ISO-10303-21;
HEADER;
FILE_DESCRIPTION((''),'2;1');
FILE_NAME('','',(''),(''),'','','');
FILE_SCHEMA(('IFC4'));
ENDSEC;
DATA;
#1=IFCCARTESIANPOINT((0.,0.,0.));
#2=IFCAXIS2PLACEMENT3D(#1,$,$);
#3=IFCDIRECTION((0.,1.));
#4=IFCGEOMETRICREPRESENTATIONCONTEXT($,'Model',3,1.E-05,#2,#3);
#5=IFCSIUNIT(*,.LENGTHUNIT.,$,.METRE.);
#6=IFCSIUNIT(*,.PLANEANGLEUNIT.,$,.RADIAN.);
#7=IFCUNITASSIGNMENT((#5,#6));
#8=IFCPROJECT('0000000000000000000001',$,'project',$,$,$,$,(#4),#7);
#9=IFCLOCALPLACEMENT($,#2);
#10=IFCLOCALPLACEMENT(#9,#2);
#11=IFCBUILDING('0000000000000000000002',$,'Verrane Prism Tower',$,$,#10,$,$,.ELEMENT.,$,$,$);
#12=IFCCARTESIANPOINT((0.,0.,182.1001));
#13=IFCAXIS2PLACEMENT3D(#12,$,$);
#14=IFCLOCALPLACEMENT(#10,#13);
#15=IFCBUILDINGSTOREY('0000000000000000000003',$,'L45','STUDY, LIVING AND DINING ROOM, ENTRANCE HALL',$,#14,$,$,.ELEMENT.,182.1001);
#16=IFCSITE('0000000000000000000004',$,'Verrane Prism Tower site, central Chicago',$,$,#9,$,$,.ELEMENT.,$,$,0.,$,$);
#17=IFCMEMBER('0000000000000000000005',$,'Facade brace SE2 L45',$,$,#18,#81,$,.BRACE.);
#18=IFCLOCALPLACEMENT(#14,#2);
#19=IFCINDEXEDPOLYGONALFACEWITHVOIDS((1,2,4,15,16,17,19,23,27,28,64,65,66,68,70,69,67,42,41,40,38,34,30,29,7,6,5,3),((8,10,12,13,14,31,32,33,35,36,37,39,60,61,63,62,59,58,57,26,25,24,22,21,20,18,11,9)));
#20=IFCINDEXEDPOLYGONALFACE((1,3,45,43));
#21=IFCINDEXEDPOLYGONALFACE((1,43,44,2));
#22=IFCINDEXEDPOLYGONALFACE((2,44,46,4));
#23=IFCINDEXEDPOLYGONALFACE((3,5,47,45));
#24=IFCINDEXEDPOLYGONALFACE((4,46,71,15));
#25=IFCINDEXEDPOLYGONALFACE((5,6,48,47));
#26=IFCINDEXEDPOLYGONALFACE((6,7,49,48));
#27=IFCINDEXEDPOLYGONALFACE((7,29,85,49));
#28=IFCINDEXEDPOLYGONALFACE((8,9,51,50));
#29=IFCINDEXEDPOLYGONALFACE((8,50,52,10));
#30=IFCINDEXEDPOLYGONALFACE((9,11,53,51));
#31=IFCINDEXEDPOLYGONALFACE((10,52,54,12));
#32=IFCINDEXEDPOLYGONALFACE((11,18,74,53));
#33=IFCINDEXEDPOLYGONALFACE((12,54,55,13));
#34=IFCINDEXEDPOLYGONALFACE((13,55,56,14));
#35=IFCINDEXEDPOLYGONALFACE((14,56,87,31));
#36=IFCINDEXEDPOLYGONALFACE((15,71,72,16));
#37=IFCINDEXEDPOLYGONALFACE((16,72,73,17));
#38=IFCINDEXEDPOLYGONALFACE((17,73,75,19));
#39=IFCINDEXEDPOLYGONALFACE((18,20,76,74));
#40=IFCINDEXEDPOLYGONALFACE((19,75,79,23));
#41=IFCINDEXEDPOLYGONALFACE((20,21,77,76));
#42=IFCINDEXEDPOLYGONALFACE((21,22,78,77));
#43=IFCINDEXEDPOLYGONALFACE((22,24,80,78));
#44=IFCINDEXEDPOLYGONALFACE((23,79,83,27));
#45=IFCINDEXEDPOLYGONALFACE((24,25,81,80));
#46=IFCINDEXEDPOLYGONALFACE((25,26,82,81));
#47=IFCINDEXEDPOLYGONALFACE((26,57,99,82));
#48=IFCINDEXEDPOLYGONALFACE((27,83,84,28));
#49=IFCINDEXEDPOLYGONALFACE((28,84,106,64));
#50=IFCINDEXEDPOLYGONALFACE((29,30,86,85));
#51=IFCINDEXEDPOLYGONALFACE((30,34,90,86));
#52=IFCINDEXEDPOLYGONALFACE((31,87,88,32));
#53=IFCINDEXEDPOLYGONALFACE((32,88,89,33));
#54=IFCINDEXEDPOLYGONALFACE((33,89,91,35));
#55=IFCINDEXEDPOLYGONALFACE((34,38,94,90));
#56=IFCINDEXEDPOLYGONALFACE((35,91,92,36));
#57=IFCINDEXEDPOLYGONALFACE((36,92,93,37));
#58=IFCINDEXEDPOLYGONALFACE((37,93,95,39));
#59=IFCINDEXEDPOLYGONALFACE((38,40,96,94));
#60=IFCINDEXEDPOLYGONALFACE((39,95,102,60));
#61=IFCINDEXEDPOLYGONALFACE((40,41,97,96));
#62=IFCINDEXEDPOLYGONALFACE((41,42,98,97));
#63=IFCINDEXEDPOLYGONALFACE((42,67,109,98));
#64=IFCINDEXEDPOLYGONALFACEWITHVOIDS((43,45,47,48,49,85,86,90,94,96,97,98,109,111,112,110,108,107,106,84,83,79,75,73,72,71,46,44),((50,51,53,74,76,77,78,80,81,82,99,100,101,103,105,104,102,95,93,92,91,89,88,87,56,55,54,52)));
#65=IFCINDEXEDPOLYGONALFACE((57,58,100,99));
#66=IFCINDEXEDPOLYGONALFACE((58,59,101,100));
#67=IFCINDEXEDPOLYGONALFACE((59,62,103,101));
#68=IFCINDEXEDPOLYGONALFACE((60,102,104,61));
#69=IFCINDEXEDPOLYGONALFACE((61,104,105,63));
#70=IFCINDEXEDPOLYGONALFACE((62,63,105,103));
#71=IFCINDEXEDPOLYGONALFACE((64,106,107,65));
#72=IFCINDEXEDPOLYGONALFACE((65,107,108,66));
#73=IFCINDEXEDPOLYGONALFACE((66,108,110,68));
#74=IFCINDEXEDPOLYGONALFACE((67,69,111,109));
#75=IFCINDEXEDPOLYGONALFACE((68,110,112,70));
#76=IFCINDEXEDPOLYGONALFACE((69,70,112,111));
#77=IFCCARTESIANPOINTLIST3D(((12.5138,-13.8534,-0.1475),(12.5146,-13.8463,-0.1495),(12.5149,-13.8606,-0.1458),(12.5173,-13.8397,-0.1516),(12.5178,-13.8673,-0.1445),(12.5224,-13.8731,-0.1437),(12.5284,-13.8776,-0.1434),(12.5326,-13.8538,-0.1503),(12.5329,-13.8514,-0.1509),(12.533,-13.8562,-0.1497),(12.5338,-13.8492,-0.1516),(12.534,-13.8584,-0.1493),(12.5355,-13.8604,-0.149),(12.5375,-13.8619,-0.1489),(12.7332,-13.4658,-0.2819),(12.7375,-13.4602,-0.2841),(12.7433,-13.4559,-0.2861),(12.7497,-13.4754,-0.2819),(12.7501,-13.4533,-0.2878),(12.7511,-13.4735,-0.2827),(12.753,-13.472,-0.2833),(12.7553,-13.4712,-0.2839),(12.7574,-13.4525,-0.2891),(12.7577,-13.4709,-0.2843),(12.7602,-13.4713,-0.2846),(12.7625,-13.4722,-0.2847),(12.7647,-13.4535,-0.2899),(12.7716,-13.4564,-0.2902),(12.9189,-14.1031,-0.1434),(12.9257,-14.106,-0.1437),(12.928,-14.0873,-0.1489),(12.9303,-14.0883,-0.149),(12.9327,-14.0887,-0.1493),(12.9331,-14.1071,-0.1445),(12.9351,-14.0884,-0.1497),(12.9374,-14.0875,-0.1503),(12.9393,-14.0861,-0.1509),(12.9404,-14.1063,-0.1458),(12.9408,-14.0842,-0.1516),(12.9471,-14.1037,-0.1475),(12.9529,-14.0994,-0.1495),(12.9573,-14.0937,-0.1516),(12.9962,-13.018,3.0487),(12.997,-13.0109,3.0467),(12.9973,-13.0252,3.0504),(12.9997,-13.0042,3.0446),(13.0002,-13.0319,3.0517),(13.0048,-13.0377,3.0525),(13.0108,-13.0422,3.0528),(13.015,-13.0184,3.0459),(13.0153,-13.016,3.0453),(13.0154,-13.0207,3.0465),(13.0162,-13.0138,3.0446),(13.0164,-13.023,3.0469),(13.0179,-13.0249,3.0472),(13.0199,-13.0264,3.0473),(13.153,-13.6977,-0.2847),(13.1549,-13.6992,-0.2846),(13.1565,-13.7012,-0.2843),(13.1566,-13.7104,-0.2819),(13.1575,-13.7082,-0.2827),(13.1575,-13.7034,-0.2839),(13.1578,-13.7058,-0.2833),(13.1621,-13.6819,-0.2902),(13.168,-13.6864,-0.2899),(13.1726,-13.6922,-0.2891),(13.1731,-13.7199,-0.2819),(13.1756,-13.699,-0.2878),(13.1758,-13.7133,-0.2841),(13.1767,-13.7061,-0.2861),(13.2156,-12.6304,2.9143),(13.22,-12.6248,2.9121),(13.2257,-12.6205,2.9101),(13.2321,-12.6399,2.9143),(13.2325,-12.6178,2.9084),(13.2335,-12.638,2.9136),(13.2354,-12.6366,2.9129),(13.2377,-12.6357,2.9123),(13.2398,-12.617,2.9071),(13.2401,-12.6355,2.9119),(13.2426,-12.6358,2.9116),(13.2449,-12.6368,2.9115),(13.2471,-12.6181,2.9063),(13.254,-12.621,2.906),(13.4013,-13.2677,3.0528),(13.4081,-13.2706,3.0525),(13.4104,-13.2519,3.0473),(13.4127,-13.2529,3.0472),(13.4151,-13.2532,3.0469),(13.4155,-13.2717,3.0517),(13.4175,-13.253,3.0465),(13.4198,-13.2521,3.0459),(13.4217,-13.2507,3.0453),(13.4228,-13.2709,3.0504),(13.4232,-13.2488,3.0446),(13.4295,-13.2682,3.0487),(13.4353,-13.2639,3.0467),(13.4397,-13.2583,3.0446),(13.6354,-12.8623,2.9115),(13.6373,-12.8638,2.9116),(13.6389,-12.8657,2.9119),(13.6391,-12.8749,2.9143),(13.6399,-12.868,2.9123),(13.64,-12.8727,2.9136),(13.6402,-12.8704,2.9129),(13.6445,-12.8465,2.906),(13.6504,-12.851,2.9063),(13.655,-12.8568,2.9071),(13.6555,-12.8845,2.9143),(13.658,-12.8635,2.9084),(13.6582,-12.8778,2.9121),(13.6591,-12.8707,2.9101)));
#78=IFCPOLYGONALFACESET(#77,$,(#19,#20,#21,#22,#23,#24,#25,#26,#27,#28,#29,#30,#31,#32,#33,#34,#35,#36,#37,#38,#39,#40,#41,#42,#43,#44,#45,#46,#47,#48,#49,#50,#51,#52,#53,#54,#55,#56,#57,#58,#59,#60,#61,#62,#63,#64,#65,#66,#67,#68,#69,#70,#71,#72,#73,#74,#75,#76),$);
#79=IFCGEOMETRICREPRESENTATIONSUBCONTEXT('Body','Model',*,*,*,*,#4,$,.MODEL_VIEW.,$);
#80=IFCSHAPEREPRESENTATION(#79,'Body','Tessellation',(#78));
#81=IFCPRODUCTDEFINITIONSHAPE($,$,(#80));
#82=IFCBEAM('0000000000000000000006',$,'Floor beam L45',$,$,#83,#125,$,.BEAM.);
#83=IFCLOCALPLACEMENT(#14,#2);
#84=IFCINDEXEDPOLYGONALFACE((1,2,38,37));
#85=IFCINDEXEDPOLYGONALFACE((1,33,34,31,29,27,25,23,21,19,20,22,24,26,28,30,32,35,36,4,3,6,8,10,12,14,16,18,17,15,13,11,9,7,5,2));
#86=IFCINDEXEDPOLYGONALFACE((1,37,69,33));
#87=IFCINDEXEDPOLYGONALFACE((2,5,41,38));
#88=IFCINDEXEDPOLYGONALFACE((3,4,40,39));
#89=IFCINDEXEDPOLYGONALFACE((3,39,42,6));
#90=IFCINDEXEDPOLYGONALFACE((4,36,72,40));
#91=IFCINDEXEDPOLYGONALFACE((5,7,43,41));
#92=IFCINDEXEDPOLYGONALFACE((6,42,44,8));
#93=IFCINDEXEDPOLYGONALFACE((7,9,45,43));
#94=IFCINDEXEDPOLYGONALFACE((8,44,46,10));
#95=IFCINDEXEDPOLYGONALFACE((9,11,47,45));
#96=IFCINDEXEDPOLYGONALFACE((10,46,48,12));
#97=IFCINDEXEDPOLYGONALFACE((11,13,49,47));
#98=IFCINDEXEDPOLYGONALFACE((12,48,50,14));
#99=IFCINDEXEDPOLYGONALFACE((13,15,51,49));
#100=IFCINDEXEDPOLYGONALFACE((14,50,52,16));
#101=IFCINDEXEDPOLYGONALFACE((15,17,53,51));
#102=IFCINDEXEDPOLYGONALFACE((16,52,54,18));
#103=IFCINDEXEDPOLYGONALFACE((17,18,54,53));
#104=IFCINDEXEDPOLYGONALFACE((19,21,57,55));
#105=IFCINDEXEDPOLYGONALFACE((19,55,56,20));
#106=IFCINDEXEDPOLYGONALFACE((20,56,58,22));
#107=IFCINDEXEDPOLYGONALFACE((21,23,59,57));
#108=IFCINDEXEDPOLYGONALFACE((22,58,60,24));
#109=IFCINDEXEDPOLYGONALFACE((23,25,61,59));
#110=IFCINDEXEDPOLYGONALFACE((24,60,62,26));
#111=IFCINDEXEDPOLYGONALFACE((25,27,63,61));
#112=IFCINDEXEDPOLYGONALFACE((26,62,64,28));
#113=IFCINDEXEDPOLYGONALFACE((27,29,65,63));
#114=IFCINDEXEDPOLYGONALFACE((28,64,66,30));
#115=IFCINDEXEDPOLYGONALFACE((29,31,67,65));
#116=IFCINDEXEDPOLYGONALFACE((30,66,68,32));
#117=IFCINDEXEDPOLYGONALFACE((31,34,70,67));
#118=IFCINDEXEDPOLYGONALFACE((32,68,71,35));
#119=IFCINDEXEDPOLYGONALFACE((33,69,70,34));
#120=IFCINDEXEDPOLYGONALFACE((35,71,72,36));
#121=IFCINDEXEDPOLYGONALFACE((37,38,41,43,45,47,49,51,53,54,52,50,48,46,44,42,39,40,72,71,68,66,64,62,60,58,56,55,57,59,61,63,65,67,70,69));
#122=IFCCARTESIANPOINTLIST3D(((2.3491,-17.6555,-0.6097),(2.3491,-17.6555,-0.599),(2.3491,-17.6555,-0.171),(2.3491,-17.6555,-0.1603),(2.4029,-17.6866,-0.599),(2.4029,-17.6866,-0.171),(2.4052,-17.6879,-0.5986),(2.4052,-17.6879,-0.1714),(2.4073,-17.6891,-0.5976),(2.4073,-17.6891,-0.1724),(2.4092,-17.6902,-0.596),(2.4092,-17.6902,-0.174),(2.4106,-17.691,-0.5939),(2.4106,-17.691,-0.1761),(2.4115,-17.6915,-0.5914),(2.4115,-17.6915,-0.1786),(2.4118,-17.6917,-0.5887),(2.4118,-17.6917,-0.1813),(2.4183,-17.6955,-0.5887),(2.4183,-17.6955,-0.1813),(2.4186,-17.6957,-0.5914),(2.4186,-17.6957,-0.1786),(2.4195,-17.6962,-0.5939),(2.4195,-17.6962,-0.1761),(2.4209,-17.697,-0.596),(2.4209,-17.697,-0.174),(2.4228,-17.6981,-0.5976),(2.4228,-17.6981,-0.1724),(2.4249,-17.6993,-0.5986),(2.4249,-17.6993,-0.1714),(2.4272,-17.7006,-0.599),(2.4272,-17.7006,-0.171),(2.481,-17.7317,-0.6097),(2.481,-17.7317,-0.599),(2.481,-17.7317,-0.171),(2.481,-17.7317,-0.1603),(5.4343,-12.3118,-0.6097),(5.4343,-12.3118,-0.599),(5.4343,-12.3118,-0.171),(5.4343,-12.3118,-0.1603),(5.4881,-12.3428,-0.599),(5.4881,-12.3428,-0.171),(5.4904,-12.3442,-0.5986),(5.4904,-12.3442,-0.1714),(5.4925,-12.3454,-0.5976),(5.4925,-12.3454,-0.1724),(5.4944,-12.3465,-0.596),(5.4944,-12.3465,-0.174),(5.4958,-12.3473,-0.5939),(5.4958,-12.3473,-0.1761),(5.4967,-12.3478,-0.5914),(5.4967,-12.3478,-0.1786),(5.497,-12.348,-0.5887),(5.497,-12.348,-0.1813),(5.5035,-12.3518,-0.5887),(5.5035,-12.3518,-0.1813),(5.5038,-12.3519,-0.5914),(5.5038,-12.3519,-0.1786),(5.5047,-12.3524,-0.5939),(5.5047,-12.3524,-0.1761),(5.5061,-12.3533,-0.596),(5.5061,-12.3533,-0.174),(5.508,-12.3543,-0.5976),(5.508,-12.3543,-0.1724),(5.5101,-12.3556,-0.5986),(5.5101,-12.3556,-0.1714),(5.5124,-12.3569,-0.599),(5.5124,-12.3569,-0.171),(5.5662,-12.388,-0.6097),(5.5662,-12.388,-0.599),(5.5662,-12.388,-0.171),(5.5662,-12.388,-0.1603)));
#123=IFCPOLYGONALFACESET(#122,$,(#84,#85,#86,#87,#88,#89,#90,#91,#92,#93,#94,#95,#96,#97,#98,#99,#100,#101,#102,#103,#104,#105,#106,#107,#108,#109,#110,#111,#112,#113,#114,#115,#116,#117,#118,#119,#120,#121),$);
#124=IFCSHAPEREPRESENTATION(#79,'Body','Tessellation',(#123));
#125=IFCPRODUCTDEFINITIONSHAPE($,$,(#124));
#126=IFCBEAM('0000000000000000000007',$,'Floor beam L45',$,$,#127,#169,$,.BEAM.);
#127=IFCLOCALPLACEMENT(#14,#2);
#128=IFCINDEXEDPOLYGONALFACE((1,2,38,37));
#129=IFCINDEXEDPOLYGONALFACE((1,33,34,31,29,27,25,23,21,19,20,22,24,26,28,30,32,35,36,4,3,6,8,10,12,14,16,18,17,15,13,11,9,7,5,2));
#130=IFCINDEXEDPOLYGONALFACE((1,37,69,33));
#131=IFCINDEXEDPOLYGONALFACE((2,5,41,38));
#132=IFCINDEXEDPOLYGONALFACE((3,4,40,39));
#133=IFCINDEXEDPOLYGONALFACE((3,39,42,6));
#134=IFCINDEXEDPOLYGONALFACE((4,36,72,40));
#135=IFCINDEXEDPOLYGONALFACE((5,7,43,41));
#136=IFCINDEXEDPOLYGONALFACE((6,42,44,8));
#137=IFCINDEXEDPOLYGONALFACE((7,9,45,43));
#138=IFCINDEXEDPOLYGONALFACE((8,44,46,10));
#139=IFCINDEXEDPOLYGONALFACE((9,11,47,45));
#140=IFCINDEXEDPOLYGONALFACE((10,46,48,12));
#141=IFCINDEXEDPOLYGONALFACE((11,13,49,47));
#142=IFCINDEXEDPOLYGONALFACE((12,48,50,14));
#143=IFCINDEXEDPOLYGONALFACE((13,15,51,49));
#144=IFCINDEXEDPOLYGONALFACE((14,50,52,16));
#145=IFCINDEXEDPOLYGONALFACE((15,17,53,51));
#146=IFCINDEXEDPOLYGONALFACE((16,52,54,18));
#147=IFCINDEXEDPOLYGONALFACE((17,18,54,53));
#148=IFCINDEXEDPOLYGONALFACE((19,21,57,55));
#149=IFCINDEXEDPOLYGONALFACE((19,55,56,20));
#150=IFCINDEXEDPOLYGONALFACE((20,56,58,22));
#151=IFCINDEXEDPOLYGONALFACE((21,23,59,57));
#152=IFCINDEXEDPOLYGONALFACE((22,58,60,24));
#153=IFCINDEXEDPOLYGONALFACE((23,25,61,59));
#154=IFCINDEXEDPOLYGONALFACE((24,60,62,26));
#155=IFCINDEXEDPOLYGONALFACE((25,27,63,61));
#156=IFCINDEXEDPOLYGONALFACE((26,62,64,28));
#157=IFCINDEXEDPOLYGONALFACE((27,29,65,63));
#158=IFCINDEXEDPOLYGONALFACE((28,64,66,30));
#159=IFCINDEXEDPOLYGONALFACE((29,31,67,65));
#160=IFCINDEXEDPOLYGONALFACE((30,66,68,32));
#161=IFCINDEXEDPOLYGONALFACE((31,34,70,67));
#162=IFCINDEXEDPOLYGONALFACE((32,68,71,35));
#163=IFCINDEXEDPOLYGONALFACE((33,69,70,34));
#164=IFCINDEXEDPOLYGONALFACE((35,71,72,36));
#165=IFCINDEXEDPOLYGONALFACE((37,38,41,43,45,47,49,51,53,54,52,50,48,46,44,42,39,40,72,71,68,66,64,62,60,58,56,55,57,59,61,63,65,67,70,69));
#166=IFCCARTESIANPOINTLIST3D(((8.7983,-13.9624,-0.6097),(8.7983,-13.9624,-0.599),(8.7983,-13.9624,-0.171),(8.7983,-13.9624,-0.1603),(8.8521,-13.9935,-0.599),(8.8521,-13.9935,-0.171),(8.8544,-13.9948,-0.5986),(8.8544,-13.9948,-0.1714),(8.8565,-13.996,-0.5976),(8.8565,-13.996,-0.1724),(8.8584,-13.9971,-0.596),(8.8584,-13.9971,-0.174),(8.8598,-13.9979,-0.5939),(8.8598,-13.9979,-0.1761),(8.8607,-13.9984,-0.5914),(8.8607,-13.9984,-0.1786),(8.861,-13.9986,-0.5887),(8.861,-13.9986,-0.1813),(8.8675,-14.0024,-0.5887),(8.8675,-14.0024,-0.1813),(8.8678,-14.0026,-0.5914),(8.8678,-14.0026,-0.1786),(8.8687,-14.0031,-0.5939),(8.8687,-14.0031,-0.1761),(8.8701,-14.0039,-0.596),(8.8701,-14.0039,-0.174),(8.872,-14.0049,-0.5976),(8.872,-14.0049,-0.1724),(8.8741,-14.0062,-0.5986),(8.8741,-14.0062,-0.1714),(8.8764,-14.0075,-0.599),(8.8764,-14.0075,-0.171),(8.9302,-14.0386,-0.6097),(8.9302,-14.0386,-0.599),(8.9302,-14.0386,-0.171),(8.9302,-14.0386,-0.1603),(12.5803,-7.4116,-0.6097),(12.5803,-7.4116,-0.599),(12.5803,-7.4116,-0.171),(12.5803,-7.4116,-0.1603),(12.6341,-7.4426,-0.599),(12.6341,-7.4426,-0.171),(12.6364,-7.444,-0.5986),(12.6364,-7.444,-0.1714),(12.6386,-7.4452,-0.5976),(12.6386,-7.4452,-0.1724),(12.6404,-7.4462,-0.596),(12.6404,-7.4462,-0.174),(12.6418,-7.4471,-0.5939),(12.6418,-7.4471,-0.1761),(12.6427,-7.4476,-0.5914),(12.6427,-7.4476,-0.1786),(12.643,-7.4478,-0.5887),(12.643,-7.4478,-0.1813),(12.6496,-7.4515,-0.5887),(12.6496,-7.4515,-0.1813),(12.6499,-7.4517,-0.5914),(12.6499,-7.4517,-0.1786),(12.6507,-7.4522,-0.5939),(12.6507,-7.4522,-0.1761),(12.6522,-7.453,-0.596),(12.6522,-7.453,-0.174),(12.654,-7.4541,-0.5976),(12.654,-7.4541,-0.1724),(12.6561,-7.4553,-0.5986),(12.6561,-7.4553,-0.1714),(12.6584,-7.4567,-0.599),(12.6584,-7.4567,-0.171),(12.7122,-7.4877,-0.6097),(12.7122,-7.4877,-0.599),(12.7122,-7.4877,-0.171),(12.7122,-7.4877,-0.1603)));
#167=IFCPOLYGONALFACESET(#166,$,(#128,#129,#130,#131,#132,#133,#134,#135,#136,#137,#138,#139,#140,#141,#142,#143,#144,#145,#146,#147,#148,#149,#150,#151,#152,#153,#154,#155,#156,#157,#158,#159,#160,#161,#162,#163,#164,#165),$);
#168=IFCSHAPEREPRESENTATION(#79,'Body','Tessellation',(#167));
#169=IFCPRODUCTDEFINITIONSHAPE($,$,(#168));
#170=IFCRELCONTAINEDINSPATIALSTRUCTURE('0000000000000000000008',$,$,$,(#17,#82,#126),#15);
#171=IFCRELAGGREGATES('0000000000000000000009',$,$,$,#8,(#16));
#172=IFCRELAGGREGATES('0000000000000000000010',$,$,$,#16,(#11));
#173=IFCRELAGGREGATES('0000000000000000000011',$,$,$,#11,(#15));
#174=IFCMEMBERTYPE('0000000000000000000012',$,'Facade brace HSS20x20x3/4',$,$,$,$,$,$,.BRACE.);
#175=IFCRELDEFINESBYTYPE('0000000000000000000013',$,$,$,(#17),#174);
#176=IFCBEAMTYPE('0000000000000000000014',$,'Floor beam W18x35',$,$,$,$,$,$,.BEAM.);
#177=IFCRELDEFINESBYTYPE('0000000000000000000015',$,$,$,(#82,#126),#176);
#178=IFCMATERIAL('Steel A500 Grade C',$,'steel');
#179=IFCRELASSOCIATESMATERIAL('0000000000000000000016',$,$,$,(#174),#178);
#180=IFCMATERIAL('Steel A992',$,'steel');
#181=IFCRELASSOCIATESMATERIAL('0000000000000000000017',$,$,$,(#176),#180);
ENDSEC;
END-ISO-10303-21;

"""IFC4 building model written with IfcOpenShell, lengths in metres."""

from ifc_helpers import new_model, si_unit, direction, frame, origin, origin_2d, place, context, subcontext, project, spatial, hollow_rectangle, i_section, extrude, material, material_profile, profile_set, type_object, element, save


model = new_model("IFC4")

# Units and contexts
model_context = context("Model", 3, precision=1e-05, world=origin(), true_north=direction((0.0, 1.0)))
body_context = subcontext(model_context, "Body", "Model", "MODEL_VIEW")
ifc_project = project(units=[si_unit("LENGTHUNIT", "METRE"), si_unit("PLANEANGLEUNIT", "RADIAN")], contexts=[model_context])

# Site, building, storey
site_placement = place(None, origin())
site = spatial("IfcSite", under=ifc_project, at=site_placement, Name="Verrane Prism Tower site, central Chicago", CompositionType="ELEMENT", RefElevation=0.0)
building_placement = place(site_placement, origin())
building = spatial("IfcBuilding", under=site, at=building_placement, Name="Verrane Prism Tower", CompositionType="ELEMENT")
storey_placement = place(building_placement, frame((0.0, 0.0, 182.1001)))
storey = spatial("IfcBuildingStorey", under=building, at=storey_placement, Name="L45", Description="STUDY, LIVING AND DINING ROOM, ENTRANCE HALL", CompositionType="ELEMENT", Elevation=182.1001)

# Member
ifc_material_1 = material(Name="Steel A500 Grade C", Category="steel")
ifc_material_profile_1 = material_profile(ifc_material_1, hollow_rectangle(XDim=0.5081, YDim=0.5081, WallThickness=0.019, InnerFilletRadius=0.0095, OuterFilletRadius=0.0286, at=origin_2d()), Name="HSS20x20x3/4")
ifc_profile_set_1 = profile_set([ifc_material_profile_1], Name="Steel A500 Grade C")
member_type_1 = type_object("IfcMemberType", Name="Facade brace HSS20x20x3/4", PredefinedType="BRACE", material=ifc_profile_set_1)
for number, where, z_axis, x_axis, name in (
    (1, (12.8452, -13.7798, -0.2168), (0.144494, 0.250231, 0.957343), (-0.865992, 0.500058, 0.0), "Facade brace SE2 L45"),
):
    element("IfcMember", number, at=place(storey_placement, frame(where, z_axis=z_axis, x_axis=x_axis)), inside=storey, type_object=member_type_1, Name=name, PredefinedType="BRACE", context=body_context, shape_type="SweptSolid", body=[
        extrude(hollow_rectangle(XDim=0.5081, YDim=0.5081, WallThickness=0.019, InnerFilletRadius=0.0095, OuterFilletRadius=0.0286, at=origin_2d()), origin(), (0.0, 0.0, 1.0), 3.3386),
    ])

# Beams
ifc_material_2 = material(Name="Steel A992", Category="steel")
ifc_material_profile_2 = material_profile(ifc_material_2, i_section(OverallWidth=0.1523, OverallDepth=0.4495, WebThickness=0.0076, FlangeThickness=0.0107, FilletRadius=0.0103, at=origin_2d()), Name="W18x35")
ifc_profile_set_2 = profile_set([ifc_material_profile_2], Name="Steel A992")
beam_type_1 = type_object("IfcBeamType", Name="Floor beam W18x35", PredefinedType="BEAM", material=ifc_profile_set_2)
beam_1_placement = place(storey_placement, frame((2.415, -17.6936, -0.385), z_axis=(0.499999, 0.866026, 0.0), x_axis=(-0.866026, 0.499999, 0.0)))
element("IfcBeam", 2, at=beam_1_placement, inside=storey, type_object=beam_type_1, Name="Floor beam L45", PredefinedType="BEAM", context=body_context, shape_type="SweptSolid", body=[
    extrude(i_section(OverallWidth=0.1523, OverallDepth=0.4495, WebThickness=0.0076, FlangeThickness=0.0107, FilletRadius=0.0103, at=origin_2d()), origin(), (0.0, 0.0, 1.0), 6.1704),
])
beam_2_placement = place(storey_placement, frame((8.8643, -14.0005, -0.385), z_axis=(0.499989, 0.866032, 0.0), x_axis=(-0.866032, 0.499989, 0.0)))
element("IfcBeam", 3, at=beam_2_placement, inside=storey, type_object=beam_type_1, Name="Floor beam L45", PredefinedType="BEAM", context=body_context, shape_type="SweptSolid", body=[
    extrude(i_section(OverallWidth=0.1523, OverallDepth=0.4495, WebThickness=0.0076, FlangeThickness=0.0107, FilletRadius=0.0103, at=origin_2d()), origin(), (0.0, 0.0, 1.0), 7.5642),
])

save(model, "model.ifc")
